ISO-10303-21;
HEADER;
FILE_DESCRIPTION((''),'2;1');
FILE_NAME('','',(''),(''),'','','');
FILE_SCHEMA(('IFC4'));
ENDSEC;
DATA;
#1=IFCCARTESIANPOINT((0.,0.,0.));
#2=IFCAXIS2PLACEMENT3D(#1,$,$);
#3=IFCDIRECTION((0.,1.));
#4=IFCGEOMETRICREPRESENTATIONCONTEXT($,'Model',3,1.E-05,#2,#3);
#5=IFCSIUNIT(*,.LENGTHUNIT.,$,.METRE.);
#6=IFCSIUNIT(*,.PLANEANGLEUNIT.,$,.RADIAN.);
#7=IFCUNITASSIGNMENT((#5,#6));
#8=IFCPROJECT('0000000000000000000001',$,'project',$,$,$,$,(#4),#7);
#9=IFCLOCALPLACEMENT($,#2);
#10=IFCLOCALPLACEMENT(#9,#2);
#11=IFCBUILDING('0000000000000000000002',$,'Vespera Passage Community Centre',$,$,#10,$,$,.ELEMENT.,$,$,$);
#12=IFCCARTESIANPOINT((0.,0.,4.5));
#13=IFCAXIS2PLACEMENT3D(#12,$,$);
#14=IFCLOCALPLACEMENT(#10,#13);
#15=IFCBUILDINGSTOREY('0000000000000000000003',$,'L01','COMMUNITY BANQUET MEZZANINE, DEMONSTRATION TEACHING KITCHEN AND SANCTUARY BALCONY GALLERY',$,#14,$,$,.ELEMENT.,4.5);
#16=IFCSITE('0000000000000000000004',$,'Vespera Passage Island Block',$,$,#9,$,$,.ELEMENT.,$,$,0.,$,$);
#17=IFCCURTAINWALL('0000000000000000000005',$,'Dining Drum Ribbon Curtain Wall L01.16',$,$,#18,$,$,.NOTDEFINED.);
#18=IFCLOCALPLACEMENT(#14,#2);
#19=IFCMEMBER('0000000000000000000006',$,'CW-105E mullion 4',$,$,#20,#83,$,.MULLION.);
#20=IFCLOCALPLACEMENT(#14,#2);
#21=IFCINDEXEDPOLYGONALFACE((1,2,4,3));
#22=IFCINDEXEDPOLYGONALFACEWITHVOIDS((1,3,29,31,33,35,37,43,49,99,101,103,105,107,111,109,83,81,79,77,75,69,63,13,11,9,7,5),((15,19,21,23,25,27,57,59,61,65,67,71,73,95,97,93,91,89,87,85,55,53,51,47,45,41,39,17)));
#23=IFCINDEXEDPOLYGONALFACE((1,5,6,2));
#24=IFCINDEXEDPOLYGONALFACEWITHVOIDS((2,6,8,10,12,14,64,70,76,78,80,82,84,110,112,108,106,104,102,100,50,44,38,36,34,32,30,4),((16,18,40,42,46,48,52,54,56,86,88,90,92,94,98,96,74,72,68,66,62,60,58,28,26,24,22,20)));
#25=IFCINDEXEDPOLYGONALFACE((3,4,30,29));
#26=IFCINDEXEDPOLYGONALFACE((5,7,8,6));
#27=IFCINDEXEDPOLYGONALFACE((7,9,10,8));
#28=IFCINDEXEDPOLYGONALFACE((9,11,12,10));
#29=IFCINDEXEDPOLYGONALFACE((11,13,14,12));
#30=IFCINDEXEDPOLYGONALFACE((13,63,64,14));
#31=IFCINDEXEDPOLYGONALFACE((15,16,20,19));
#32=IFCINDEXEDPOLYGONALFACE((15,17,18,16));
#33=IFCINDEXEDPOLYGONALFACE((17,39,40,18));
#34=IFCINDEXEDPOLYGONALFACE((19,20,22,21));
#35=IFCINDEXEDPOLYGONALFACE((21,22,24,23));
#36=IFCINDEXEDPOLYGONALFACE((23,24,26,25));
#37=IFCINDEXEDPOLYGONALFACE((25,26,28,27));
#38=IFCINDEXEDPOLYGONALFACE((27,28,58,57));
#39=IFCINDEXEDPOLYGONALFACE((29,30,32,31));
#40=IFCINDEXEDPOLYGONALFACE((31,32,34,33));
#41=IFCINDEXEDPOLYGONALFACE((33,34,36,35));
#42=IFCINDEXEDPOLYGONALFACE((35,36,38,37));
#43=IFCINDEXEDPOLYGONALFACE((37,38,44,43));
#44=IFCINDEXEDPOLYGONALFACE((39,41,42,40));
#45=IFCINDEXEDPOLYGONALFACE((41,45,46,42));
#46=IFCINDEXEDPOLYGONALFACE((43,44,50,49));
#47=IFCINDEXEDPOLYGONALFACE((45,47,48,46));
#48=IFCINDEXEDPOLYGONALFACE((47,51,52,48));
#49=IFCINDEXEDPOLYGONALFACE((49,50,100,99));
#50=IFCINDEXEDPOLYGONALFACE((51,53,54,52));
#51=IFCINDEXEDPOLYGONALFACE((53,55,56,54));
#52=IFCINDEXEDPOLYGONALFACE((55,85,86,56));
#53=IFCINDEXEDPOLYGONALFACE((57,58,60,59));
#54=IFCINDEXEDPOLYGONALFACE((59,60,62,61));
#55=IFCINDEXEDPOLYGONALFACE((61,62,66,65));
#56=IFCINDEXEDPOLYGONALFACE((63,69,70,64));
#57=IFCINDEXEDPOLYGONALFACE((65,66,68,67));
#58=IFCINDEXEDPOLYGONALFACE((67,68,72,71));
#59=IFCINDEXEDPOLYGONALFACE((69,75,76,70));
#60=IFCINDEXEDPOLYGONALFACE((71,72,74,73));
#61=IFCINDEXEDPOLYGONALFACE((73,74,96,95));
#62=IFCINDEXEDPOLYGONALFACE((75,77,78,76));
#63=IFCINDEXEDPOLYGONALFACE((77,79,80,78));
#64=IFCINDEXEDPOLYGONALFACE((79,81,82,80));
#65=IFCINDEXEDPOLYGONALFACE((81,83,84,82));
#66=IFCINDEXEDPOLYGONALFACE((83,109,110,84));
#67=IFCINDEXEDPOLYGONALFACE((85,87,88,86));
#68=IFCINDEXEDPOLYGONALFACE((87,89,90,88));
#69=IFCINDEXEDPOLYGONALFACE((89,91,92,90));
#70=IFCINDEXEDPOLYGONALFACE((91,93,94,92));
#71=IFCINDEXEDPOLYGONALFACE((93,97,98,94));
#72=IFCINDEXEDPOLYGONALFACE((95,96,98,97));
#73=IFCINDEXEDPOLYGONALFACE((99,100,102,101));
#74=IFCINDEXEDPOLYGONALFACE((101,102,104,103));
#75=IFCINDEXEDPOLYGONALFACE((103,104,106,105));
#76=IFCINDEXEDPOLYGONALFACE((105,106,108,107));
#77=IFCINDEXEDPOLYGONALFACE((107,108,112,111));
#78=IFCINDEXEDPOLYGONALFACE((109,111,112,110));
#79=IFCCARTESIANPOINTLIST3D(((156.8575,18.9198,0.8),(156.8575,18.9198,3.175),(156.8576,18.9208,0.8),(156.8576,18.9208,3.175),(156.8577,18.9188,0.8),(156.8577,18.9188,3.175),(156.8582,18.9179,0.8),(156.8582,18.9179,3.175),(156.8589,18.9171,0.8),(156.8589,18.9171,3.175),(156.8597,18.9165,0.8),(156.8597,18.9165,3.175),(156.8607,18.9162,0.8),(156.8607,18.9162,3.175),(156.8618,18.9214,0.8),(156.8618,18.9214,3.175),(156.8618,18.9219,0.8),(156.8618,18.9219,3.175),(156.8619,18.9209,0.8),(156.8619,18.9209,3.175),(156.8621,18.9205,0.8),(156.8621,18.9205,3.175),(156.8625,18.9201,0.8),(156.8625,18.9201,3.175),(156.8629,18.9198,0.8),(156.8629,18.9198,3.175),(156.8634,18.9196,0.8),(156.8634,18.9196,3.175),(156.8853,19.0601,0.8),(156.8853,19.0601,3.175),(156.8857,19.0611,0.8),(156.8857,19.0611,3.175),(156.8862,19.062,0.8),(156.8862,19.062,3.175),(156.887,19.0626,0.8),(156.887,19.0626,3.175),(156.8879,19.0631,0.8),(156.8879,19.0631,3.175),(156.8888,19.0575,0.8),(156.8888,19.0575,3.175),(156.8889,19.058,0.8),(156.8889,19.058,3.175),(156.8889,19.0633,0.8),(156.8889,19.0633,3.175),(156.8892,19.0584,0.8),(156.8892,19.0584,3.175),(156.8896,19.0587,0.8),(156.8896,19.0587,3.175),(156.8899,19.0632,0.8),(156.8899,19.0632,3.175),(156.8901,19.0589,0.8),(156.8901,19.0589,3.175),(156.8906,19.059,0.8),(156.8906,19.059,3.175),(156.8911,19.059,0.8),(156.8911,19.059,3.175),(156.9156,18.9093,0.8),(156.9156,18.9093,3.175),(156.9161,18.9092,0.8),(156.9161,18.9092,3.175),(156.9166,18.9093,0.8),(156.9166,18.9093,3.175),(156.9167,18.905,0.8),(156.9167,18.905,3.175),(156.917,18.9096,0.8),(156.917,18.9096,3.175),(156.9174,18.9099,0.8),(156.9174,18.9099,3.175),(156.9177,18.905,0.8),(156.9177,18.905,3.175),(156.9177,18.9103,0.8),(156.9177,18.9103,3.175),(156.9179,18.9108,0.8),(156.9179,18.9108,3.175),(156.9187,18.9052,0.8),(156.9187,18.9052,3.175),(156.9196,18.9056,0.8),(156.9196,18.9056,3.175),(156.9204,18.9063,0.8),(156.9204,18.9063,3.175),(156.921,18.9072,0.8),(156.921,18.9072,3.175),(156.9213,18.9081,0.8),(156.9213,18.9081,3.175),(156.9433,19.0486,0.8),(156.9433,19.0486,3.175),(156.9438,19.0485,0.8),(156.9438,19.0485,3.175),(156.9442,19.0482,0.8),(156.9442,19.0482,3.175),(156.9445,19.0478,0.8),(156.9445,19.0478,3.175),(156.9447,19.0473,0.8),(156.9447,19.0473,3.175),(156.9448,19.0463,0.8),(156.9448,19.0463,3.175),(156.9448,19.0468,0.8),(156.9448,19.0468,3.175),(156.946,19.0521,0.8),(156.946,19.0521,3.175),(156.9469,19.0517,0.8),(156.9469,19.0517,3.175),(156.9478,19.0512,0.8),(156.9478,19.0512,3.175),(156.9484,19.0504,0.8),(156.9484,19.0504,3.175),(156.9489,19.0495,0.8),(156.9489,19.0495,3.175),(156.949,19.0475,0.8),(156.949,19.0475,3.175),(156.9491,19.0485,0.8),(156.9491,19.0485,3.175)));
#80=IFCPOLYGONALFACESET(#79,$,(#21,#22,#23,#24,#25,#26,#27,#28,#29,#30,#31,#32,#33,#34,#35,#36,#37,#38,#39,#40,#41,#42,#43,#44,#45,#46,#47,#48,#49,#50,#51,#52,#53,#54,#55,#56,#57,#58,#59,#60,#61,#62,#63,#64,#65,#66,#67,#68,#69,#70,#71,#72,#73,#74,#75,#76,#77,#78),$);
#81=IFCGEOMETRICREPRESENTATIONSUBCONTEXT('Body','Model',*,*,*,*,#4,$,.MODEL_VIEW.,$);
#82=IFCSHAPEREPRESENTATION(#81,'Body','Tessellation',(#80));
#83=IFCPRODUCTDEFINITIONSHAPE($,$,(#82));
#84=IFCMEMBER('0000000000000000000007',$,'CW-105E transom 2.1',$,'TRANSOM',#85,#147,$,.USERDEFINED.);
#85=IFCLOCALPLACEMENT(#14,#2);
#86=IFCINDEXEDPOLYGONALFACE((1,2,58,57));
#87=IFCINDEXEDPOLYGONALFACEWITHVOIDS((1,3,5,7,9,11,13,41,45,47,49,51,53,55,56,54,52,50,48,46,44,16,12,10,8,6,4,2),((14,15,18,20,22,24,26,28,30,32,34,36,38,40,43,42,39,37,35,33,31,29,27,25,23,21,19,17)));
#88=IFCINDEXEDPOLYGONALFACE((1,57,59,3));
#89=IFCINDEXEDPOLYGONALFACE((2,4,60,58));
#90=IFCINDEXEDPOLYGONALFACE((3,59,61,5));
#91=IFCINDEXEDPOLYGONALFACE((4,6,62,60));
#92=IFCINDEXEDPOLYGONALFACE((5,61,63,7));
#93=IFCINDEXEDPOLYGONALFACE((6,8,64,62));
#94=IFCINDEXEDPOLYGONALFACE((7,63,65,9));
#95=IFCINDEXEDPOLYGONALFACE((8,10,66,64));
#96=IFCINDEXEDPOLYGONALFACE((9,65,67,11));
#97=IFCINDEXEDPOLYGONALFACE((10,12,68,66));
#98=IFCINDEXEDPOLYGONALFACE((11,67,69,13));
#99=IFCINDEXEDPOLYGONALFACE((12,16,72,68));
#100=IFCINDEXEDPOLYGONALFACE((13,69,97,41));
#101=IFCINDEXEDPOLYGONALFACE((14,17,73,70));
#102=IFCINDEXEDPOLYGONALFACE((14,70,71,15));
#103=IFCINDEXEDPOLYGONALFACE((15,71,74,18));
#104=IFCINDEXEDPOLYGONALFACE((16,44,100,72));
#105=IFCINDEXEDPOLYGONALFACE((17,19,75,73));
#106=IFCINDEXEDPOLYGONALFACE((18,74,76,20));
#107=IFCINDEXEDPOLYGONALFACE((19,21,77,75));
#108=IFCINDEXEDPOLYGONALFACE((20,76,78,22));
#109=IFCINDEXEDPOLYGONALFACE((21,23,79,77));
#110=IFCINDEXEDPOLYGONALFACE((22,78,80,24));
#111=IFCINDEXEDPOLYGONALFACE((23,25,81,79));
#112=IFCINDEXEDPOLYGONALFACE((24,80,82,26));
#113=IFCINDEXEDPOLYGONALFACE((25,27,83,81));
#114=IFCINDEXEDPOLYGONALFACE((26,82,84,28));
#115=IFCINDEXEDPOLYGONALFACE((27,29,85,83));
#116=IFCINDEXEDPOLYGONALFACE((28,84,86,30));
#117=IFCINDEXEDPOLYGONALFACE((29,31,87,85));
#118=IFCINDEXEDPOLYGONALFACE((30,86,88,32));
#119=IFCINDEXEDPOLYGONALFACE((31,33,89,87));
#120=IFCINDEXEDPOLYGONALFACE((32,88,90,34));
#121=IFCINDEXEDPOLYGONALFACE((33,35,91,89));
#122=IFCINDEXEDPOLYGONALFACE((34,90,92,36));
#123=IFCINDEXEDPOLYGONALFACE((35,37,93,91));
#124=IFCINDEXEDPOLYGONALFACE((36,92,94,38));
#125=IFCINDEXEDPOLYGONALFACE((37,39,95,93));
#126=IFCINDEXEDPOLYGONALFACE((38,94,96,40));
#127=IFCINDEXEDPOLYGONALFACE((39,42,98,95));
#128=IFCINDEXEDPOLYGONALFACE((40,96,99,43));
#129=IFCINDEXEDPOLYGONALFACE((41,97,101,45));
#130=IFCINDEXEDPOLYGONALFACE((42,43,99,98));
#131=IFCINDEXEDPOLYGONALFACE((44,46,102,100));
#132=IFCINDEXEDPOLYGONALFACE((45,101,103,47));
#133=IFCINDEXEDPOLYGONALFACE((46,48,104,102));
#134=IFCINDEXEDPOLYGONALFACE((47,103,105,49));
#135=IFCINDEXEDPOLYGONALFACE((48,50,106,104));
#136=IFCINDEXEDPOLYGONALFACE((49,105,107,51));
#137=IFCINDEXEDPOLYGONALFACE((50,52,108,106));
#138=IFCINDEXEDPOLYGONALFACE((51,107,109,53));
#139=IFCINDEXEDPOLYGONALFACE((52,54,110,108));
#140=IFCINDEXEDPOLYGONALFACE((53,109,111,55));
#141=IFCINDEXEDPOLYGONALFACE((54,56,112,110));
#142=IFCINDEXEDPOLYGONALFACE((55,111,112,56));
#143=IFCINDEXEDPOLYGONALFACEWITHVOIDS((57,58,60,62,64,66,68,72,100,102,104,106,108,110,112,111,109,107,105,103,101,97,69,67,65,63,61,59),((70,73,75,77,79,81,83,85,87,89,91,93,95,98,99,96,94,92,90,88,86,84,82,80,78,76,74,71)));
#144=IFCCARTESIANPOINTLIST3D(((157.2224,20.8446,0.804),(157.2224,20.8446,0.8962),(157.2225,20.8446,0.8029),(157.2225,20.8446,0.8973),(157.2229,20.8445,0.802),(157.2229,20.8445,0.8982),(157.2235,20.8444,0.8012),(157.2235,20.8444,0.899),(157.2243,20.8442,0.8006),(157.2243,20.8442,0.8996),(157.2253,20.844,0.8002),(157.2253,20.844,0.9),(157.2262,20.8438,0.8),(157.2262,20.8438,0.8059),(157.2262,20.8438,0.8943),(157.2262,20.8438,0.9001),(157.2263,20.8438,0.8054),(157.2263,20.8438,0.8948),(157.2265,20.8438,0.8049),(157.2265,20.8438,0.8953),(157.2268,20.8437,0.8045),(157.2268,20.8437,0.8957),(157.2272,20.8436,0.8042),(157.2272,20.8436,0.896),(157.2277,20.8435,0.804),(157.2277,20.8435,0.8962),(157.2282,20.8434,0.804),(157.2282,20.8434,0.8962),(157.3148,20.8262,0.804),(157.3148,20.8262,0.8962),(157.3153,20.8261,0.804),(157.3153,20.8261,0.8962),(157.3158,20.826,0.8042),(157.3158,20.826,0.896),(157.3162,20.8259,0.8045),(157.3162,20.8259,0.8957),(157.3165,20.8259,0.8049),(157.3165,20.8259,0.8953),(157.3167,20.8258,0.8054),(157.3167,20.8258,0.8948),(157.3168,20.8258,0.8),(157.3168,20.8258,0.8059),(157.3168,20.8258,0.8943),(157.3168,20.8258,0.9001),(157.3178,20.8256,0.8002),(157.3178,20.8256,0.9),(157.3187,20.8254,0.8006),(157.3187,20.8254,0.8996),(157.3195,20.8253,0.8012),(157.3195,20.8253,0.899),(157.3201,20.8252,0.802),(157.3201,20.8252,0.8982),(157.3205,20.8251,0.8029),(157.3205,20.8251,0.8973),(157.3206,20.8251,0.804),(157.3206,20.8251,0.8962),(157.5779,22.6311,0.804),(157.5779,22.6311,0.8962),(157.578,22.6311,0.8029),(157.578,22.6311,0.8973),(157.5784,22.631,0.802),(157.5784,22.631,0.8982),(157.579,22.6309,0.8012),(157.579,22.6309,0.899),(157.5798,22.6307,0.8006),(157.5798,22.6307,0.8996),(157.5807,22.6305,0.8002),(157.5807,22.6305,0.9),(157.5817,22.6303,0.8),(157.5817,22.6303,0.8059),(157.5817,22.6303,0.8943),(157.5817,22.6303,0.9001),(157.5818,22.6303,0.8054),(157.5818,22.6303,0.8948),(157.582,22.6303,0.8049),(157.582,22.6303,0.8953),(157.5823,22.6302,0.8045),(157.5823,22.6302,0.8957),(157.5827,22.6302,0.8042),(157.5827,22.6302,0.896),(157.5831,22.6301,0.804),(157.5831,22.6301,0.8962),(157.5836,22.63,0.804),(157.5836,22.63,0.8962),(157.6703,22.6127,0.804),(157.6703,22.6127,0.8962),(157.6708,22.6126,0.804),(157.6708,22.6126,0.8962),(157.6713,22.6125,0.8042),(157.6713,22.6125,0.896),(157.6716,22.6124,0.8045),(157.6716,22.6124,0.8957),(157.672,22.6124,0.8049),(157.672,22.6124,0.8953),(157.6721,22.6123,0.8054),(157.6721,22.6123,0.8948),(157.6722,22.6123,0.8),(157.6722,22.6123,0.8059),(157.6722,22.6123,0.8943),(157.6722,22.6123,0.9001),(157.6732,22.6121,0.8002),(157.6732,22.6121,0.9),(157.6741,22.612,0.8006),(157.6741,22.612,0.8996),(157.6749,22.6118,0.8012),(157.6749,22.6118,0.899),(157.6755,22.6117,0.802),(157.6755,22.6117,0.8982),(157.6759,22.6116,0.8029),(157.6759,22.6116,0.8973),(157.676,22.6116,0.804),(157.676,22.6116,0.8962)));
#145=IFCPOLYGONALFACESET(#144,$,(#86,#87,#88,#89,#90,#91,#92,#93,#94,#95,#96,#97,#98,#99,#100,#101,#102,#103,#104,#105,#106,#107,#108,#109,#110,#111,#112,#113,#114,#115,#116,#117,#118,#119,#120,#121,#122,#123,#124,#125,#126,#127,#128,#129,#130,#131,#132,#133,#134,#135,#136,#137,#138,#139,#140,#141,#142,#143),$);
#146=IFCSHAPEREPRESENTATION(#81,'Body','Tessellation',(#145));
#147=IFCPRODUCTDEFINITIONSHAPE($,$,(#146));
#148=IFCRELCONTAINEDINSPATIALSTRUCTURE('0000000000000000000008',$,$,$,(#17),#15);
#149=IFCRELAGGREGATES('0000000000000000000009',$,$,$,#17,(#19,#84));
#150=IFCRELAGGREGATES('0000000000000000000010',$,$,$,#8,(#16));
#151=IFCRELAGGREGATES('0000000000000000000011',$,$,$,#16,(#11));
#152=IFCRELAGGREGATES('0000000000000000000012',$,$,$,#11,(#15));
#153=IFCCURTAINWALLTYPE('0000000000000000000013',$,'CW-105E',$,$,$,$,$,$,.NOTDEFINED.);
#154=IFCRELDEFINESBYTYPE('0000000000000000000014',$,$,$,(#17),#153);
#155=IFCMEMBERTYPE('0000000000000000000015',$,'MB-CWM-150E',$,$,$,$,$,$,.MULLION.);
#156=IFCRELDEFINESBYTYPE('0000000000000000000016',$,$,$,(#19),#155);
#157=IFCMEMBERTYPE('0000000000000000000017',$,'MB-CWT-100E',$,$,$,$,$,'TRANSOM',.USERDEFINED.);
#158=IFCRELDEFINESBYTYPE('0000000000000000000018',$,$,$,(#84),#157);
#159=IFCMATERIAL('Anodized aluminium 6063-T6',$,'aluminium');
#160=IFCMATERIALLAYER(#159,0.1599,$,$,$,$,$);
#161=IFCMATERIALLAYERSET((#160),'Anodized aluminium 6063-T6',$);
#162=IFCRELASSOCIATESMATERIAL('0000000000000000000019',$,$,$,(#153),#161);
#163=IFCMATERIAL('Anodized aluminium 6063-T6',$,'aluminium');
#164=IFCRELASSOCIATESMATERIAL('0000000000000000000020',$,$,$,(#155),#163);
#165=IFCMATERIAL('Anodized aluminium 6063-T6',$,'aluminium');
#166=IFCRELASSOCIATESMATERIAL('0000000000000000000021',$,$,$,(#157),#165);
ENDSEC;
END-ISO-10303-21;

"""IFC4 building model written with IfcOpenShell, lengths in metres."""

from ifc_helpers import new_model, si_unit, direction, frame, origin, origin_2d, place, context, subcontext, project, spatial, hollow_rectangle, extrude, material, layer, layer_set, material_profile, profile_set, type_object, element, aggregate, save


model = new_model("IFC4")

# Units and contexts
model_context = context("Model", 3, precision=1e-05, world=origin(), true_north=direction((0.0, 1.0)))
body_context = subcontext(model_context, "Body", "Model", "MODEL_VIEW")
ifc_project = project(units=[si_unit("LENGTHUNIT", "METRE"), si_unit("PLANEANGLEUNIT", "RADIAN")], contexts=[model_context])

# Site, building, storey
site_placement = place(None, origin())
site = spatial("IfcSite", under=ifc_project, at=site_placement, Name="Vespera Passage Island Block", CompositionType="ELEMENT", RefElevation=0.0)
building_placement = place(site_placement, origin())
building = spatial("IfcBuilding", under=site, at=building_placement, Name="Vespera Passage Community Centre", CompositionType="ELEMENT")
storey_placement = place(building_placement, frame((0.0, 0.0, 4.5)))
storey = spatial("IfcBuildingStorey", under=building, at=storey_placement, Name="L01", Description="COMMUNITY BANQUET MEZZANINE, DEMONSTRATION TEACHING KITCHEN AND SANCTUARY BALCONY GALLERY", CompositionType="ELEMENT", Elevation=4.5)

# Curtain wall, members
ifc_material_1 = material(Name="Anodized aluminium 6063-T6", Category="aluminium")
ifc_layer_1 = layer(ifc_material_1, 0.1599)
ifc_layer_set_1 = layer_set([ifc_layer_1], Name="Anodized aluminium 6063-T6")
curtain_wall_type = type_object("IfcCurtainWallType", Name="CW-105E", PredefinedType="NOTDEFINED", material=ifc_layer_set_1)
curtain_wall_placement = place(storey_placement, origin())
curtain_wall = element("IfcCurtainWall", 1, at=curtain_wall_placement, inside=storey, type_object=curtain_wall_type, Name="Dining Drum Ribbon Curtain Wall L01.16", PredefinedType="NOTDEFINED")
ifc_material_2 = material(Name="Anodized aluminium 6063-T6", Category="aluminium")
ifc_material_profile_1 = material_profile(ifc_material_2, hollow_rectangle(XDim=0.0649, YDim=0.1499, WallThickness=0.0039, InnerFilletRadius=0.002, OuterFilletRadius=0.0039, at=origin_2d()), Name="ALU150X65X4")
ifc_profile_set_1 = profile_set([ifc_material_profile_1], Name="Anodized aluminium 6063-T6")
member_type_1 = type_object("IfcMemberType", Name="MB-CWM-150E", PredefinedType="MULLION", material=ifc_profile_set_1)
member_1_placement = place(storey_placement, frame((156.9033, 18.9841, 0.8), z_axis=(0.0, 0.0, 1.0), x_axis=(0.980784, -0.195097, 0.0)))
member_1 = element("IfcMember", 2, at=member_1_placement, type_object=member_type_1, Name="CW-105E mullion 4", PredefinedType="MULLION", context=body_context, shape_type="SweptSolid", body=[
    extrude(hollow_rectangle(XDim=0.0649, YDim=0.1499, WallThickness=0.0039, InnerFilletRadius=0.002, OuterFilletRadius=0.0039, at=origin_2d()), origin(), (0.0, 0.0, 1.0), 2.375),
])
ifc_material_3 = material(Name="Anodized aluminium 6063-T6", Category="aluminium")
ifc_material_profile_2 = material_profile(ifc_material_3, hollow_rectangle(XDim=0.1001, YDim=0.1001, WallThickness=0.0039, InnerFilletRadius=0.002, OuterFilletRadius=0.0039, at=origin_2d()), Name="ALU100X100X4")
ifc_profile_set_2 = profile_set([ifc_material_profile_2], Name="Anodized aluminium 6063-T6")
member_type_2 = type_object("IfcMemberType", Name="MB-CWT-100E", ElementType="TRANSOM", PredefinedType="USERDEFINED", material=ifc_profile_set_2)
member_2_placement = place(storey_placement, frame((157.627, 22.6213, 0.8501), z_axis=(-0.195137, -0.980776, 0.0), x_axis=(0.980776, -0.195137, 0.0)))
member_2 = element("IfcMember", 3, at=member_2_placement, type_object=member_type_2, Name="CW-105E transom 2.1", ObjectType="TRANSOM", PredefinedType="USERDEFINED", context=body_context, shape_type="SweptSolid", body=[
    extrude(hollow_rectangle(XDim=0.1001, YDim=0.1001, WallThickness=0.0039, InnerFilletRadius=0.002, OuterFilletRadius=0.0039, at=origin_2d()), origin(), (0.0, 0.0, 1.0), 1.8215),
])
aggregate(curtain_wall, [member_1, member_2])

save(model, "model.ifc")
